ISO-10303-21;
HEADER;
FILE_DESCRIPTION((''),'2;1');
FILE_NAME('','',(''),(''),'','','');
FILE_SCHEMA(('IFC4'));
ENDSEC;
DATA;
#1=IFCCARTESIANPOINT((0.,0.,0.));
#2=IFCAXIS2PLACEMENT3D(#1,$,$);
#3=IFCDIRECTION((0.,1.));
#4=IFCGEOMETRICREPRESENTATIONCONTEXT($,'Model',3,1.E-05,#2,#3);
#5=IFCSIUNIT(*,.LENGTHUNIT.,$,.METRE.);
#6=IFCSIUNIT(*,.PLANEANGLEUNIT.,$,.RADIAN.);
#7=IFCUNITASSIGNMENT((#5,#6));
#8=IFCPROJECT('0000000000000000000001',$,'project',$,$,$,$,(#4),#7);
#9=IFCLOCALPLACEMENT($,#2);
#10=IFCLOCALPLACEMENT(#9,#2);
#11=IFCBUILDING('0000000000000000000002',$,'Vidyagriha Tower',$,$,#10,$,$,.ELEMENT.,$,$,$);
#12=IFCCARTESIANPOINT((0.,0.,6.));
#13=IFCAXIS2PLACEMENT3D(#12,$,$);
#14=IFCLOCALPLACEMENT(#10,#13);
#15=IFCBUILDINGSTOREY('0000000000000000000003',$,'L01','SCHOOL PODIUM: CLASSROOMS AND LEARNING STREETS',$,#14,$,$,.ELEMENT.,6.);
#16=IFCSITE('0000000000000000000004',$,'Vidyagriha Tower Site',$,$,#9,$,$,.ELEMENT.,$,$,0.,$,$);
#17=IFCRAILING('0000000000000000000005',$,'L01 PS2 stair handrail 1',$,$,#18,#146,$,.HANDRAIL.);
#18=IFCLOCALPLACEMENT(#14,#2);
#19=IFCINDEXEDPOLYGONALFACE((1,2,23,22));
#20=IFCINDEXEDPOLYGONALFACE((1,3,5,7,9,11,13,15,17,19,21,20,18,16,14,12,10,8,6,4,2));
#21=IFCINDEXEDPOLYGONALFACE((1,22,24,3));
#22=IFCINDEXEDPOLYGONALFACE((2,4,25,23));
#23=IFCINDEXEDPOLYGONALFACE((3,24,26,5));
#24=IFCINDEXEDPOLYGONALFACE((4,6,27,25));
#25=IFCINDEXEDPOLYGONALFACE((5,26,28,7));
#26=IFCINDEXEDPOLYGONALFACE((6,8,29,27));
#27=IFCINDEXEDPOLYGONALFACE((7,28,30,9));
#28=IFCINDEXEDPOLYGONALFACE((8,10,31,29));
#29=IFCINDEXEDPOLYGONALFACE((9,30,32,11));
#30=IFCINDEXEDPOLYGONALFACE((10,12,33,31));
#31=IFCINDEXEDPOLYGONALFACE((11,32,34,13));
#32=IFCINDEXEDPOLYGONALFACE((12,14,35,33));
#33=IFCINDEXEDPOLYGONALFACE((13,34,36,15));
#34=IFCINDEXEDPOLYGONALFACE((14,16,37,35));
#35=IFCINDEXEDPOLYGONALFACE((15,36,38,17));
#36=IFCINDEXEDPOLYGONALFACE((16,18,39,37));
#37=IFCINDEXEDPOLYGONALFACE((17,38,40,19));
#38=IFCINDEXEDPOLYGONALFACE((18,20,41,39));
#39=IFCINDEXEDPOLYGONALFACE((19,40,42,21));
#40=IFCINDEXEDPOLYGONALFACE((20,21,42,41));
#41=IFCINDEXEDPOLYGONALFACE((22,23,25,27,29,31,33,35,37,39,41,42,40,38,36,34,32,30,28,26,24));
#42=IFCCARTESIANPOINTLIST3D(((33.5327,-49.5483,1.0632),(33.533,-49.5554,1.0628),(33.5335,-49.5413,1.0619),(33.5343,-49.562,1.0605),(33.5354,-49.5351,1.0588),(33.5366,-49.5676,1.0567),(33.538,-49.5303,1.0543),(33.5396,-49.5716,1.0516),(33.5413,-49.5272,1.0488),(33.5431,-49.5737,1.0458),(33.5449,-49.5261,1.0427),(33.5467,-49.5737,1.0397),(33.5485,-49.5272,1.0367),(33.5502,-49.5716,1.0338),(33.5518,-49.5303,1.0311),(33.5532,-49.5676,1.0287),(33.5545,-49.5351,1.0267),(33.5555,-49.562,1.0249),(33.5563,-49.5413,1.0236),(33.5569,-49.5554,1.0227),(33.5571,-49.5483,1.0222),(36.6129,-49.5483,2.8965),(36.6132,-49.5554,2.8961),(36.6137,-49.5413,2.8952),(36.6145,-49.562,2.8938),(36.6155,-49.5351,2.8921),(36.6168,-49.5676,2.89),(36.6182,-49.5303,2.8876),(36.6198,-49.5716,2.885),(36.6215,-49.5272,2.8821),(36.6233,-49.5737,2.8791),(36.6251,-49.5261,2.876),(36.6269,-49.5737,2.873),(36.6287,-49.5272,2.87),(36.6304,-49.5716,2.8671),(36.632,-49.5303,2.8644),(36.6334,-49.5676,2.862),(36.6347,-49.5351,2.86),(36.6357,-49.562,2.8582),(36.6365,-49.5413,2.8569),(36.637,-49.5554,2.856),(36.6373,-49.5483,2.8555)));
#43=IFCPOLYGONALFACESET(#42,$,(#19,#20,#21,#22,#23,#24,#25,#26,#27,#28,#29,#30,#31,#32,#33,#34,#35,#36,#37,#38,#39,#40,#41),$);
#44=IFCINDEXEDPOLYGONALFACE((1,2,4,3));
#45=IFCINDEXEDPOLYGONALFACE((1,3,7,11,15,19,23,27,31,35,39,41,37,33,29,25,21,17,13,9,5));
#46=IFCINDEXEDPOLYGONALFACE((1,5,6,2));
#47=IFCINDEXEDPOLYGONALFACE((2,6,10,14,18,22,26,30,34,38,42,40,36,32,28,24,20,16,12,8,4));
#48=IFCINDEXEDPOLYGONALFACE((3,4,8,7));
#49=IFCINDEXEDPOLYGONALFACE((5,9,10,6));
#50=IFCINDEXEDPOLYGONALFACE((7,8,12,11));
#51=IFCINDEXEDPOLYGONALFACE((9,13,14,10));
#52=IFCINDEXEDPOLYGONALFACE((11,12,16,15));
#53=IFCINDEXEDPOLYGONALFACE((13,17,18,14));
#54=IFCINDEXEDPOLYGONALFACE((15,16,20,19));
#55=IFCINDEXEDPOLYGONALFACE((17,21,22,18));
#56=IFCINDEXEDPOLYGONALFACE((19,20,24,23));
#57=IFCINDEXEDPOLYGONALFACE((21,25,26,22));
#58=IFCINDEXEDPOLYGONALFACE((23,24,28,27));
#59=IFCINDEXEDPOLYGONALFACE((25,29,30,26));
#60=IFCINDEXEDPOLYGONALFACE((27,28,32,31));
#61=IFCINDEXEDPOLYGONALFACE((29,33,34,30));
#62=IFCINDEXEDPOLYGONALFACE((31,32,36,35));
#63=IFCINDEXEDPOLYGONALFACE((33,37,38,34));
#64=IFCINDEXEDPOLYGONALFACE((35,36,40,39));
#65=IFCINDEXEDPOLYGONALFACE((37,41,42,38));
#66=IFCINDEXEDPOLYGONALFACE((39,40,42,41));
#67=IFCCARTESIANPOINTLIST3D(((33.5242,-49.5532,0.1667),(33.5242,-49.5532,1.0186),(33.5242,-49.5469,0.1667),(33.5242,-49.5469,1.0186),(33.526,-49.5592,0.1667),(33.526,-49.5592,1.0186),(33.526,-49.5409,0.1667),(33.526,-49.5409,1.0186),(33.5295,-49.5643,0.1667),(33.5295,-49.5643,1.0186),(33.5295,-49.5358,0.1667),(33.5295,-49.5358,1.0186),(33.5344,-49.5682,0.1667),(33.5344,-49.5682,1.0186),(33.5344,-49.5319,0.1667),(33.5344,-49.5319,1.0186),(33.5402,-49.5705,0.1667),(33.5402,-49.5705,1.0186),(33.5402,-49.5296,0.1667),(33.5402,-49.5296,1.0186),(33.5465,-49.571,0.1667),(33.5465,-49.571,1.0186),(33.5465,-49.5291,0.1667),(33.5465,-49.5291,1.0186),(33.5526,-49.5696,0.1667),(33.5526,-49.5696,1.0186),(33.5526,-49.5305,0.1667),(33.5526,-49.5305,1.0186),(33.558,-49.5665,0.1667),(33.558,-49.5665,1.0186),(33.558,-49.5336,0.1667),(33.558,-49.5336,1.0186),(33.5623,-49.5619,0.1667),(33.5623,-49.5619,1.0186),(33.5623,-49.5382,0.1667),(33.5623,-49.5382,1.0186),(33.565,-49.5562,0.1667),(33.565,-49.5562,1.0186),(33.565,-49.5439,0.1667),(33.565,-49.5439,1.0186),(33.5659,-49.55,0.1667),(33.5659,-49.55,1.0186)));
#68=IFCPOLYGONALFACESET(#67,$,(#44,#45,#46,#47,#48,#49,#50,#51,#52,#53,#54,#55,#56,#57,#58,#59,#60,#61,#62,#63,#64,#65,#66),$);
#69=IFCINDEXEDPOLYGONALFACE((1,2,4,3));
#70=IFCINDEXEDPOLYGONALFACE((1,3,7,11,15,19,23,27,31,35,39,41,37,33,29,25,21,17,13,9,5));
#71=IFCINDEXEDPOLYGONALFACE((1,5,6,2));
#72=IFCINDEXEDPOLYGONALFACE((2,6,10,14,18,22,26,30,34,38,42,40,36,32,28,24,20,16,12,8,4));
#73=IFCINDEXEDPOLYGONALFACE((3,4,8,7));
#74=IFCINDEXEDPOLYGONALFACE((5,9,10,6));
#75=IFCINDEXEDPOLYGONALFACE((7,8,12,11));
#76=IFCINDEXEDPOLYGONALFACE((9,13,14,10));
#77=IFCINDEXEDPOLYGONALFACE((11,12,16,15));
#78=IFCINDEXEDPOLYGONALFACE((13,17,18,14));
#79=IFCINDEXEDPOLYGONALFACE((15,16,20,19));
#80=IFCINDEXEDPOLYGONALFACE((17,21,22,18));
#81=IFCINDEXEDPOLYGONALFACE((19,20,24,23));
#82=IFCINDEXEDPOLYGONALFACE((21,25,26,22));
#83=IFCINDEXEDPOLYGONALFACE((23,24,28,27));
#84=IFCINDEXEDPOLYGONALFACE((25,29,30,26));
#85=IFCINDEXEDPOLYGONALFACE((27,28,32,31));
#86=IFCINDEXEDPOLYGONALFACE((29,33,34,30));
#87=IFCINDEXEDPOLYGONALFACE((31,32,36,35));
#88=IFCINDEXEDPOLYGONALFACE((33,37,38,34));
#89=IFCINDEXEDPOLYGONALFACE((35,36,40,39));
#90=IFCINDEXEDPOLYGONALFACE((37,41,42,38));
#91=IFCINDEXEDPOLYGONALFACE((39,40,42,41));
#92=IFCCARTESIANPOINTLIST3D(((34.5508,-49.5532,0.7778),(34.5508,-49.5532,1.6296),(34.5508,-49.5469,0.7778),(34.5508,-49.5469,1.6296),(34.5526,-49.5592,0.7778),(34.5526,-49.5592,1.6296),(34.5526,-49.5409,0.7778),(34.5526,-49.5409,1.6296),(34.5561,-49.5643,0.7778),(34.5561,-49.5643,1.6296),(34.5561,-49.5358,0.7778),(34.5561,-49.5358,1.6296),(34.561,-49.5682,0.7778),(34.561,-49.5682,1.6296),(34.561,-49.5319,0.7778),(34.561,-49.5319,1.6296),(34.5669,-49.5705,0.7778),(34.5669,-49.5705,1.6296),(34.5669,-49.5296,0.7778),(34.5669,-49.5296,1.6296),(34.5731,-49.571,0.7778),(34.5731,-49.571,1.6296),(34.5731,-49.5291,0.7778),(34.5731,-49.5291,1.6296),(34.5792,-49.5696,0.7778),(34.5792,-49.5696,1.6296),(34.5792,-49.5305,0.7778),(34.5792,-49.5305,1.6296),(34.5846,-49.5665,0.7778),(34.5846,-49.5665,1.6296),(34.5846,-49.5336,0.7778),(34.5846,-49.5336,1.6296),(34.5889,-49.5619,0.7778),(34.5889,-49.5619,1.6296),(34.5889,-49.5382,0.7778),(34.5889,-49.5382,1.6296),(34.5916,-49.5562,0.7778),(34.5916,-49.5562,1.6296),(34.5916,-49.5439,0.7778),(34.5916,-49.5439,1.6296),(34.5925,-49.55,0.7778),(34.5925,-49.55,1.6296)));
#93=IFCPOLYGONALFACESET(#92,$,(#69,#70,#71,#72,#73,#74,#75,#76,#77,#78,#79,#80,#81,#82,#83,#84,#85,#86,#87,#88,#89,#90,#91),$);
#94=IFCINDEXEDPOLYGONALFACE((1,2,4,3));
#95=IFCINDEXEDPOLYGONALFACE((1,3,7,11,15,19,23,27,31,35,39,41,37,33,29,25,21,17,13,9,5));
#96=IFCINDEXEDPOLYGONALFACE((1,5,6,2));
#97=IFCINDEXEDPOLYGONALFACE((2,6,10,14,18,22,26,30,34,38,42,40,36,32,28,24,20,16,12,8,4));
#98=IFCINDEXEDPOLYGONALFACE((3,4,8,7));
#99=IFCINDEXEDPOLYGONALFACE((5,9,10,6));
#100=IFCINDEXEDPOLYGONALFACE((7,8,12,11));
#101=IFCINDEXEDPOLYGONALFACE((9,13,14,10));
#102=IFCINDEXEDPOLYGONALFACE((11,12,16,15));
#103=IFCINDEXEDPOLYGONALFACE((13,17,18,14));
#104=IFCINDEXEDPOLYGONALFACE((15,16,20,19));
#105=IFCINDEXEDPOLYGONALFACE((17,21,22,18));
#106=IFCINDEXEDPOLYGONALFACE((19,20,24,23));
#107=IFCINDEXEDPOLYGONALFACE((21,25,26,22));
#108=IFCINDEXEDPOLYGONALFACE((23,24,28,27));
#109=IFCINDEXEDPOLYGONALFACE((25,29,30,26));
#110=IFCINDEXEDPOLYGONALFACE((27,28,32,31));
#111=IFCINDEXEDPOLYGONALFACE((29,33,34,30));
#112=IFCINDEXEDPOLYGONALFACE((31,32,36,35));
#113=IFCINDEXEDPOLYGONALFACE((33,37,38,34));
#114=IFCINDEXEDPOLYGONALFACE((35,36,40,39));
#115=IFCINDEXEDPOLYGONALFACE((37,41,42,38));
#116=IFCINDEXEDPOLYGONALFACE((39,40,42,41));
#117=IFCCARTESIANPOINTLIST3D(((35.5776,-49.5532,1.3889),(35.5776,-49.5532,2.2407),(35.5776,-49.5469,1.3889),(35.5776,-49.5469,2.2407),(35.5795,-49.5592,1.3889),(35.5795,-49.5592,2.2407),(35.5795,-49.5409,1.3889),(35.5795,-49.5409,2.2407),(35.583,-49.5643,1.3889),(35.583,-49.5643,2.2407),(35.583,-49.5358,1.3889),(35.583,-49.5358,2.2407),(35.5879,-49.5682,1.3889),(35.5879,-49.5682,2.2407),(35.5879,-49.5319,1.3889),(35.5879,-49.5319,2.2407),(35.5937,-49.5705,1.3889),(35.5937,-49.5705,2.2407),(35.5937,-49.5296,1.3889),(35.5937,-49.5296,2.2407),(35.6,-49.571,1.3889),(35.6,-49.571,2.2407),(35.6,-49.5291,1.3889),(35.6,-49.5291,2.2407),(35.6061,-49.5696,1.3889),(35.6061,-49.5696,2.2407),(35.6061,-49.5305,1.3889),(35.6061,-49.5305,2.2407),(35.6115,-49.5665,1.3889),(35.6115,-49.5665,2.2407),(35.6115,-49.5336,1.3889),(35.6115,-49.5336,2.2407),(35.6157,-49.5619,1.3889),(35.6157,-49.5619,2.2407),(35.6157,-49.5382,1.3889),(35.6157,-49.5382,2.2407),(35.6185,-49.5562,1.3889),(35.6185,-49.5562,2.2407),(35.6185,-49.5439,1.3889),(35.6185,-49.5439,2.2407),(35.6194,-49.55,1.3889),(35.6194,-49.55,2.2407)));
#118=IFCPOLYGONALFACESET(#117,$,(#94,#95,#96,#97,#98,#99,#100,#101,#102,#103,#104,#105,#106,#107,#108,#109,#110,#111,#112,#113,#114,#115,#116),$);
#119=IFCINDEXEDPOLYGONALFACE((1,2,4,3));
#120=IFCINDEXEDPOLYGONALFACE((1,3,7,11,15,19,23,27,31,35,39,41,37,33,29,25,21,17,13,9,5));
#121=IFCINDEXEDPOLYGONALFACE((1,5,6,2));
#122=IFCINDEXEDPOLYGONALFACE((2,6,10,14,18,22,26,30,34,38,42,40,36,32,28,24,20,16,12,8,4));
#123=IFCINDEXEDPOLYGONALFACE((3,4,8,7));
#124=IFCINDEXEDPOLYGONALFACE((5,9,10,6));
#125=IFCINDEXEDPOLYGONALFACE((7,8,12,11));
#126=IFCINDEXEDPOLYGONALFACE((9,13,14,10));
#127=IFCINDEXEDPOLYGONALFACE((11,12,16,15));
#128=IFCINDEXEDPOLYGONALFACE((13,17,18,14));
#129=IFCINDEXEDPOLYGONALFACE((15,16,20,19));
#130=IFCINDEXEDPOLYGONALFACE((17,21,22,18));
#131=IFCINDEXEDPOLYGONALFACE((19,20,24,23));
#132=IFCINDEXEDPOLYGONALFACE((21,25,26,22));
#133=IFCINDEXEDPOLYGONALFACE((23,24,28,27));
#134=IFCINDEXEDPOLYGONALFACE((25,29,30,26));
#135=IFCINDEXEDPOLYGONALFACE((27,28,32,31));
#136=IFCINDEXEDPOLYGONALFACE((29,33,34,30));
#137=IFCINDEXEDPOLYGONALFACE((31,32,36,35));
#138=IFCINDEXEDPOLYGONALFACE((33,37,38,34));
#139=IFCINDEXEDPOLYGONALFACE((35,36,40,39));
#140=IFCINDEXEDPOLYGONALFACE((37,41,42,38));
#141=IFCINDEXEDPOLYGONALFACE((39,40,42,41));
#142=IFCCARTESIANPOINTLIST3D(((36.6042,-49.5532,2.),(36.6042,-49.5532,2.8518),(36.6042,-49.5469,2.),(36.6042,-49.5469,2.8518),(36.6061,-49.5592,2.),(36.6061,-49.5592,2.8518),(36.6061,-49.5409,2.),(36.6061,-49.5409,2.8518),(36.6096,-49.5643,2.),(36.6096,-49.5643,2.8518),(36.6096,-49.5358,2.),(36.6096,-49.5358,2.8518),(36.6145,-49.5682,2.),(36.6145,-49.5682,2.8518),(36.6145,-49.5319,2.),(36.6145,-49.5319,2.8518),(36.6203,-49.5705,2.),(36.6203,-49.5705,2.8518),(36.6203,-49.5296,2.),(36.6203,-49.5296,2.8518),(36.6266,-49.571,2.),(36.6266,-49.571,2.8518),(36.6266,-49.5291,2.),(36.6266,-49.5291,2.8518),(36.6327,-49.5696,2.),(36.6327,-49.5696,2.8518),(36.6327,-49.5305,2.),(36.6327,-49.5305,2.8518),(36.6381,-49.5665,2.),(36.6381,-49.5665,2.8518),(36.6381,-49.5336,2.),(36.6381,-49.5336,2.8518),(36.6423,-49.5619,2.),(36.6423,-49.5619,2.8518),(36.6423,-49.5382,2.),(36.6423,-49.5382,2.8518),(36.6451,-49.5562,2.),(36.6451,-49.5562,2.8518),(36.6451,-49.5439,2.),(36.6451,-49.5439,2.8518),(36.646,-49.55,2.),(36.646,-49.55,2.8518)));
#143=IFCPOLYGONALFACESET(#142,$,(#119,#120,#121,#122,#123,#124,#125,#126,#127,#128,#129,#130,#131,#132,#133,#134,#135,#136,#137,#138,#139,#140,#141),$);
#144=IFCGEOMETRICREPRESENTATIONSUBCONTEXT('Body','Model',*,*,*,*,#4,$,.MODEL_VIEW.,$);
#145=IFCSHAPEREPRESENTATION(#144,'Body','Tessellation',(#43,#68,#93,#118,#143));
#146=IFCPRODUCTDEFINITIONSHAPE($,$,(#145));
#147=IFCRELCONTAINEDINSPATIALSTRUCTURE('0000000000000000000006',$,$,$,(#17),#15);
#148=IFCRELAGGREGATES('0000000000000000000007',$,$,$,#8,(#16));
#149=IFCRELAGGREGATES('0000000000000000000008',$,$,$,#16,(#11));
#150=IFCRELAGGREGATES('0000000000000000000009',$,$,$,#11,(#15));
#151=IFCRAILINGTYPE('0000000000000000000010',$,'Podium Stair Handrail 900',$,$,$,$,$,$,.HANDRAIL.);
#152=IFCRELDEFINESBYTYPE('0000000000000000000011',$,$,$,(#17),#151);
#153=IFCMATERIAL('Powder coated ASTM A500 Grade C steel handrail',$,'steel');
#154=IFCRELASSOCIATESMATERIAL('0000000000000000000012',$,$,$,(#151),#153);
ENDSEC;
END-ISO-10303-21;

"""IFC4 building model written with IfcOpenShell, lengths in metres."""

from ifc_helpers import new_model, si_unit, direction, frame, origin, origin_2d, place, context, subcontext, project, spatial, circle, extrude, material, type_object, element, save


model = new_model("IFC4")

# Units and contexts
model_context = context("Model", 3, precision=1e-05, world=origin(), true_north=direction((0.0, 1.0)))
body_context = subcontext(model_context, "Body", "Model", "MODEL_VIEW")
ifc_project = project(units=[si_unit("LENGTHUNIT", "METRE"), si_unit("PLANEANGLEUNIT", "RADIAN")], contexts=[model_context])

# Site, building, storey
site_placement = place(None, origin())
site = spatial("IfcSite", under=ifc_project, at=site_placement, Name="Vidyagriha Tower Site", CompositionType="ELEMENT", RefElevation=0.0)
building_placement = place(site_placement, origin())
building = spatial("IfcBuilding", under=site, at=building_placement, Name="Vidyagriha Tower", CompositionType="ELEMENT")
storey_placement = place(building_placement, frame((0.0, 0.0, 6.0)))
storey = spatial("IfcBuildingStorey", under=building, at=storey_placement, Name="L01", Description="SCHOOL PODIUM: CLASSROOMS AND LEARNING STREETS", CompositionType="ELEMENT", Elevation=6.0)

# Railing
ifc_material_1 = material(Name="Powder coated ASTM A500 Grade C steel handrail", Category="steel")
railing_type_1 = type_object("IfcRailingType", Name="Podium Stair Handrail 900", PredefinedType="HANDRAIL", material=ifc_material_1)
railing_1_placement = place(storey_placement, frame((33.5449, -49.55, 0.1667)))
element("IfcRailing", 1, at=railing_1_placement, inside=storey, type_object=railing_type_1, Name="L01 PS2 stair handrail 1", PredefinedType="HANDRAIL", context=body_context, shape_type="SweptSolid", body=[
    extrude(circle(Radius=0.0239, at=origin_2d()), frame((0.0, 0.0, 0.876), z_axis=(0.859309, 0.0, 0.511458), x_axis=(0.0, 1.0, 0.0)), (0.0, 0.0, 1.0), 3.5845),
    extrude(circle(Radius=0.021, at=origin_2d()), origin(), (0.0, 0.0, 1.0), 0.8518),
    extrude(circle(Radius=0.021, at=origin_2d()), frame((1.0266, 0.0, 0.6111)), (0.0, 0.0, 1.0), 0.8518),
    extrude(circle(Radius=0.021, at=origin_2d()), frame((2.0535, 0.0, 1.2222)), (0.0, 0.0, 1.0), 0.8518),
    extrude(circle(Radius=0.021, at=origin_2d()), frame((3.0801, 0.0, 1.8333)), (0.0, 0.0, 1.0), 0.8518),
])

save(model, "model.ifc")
